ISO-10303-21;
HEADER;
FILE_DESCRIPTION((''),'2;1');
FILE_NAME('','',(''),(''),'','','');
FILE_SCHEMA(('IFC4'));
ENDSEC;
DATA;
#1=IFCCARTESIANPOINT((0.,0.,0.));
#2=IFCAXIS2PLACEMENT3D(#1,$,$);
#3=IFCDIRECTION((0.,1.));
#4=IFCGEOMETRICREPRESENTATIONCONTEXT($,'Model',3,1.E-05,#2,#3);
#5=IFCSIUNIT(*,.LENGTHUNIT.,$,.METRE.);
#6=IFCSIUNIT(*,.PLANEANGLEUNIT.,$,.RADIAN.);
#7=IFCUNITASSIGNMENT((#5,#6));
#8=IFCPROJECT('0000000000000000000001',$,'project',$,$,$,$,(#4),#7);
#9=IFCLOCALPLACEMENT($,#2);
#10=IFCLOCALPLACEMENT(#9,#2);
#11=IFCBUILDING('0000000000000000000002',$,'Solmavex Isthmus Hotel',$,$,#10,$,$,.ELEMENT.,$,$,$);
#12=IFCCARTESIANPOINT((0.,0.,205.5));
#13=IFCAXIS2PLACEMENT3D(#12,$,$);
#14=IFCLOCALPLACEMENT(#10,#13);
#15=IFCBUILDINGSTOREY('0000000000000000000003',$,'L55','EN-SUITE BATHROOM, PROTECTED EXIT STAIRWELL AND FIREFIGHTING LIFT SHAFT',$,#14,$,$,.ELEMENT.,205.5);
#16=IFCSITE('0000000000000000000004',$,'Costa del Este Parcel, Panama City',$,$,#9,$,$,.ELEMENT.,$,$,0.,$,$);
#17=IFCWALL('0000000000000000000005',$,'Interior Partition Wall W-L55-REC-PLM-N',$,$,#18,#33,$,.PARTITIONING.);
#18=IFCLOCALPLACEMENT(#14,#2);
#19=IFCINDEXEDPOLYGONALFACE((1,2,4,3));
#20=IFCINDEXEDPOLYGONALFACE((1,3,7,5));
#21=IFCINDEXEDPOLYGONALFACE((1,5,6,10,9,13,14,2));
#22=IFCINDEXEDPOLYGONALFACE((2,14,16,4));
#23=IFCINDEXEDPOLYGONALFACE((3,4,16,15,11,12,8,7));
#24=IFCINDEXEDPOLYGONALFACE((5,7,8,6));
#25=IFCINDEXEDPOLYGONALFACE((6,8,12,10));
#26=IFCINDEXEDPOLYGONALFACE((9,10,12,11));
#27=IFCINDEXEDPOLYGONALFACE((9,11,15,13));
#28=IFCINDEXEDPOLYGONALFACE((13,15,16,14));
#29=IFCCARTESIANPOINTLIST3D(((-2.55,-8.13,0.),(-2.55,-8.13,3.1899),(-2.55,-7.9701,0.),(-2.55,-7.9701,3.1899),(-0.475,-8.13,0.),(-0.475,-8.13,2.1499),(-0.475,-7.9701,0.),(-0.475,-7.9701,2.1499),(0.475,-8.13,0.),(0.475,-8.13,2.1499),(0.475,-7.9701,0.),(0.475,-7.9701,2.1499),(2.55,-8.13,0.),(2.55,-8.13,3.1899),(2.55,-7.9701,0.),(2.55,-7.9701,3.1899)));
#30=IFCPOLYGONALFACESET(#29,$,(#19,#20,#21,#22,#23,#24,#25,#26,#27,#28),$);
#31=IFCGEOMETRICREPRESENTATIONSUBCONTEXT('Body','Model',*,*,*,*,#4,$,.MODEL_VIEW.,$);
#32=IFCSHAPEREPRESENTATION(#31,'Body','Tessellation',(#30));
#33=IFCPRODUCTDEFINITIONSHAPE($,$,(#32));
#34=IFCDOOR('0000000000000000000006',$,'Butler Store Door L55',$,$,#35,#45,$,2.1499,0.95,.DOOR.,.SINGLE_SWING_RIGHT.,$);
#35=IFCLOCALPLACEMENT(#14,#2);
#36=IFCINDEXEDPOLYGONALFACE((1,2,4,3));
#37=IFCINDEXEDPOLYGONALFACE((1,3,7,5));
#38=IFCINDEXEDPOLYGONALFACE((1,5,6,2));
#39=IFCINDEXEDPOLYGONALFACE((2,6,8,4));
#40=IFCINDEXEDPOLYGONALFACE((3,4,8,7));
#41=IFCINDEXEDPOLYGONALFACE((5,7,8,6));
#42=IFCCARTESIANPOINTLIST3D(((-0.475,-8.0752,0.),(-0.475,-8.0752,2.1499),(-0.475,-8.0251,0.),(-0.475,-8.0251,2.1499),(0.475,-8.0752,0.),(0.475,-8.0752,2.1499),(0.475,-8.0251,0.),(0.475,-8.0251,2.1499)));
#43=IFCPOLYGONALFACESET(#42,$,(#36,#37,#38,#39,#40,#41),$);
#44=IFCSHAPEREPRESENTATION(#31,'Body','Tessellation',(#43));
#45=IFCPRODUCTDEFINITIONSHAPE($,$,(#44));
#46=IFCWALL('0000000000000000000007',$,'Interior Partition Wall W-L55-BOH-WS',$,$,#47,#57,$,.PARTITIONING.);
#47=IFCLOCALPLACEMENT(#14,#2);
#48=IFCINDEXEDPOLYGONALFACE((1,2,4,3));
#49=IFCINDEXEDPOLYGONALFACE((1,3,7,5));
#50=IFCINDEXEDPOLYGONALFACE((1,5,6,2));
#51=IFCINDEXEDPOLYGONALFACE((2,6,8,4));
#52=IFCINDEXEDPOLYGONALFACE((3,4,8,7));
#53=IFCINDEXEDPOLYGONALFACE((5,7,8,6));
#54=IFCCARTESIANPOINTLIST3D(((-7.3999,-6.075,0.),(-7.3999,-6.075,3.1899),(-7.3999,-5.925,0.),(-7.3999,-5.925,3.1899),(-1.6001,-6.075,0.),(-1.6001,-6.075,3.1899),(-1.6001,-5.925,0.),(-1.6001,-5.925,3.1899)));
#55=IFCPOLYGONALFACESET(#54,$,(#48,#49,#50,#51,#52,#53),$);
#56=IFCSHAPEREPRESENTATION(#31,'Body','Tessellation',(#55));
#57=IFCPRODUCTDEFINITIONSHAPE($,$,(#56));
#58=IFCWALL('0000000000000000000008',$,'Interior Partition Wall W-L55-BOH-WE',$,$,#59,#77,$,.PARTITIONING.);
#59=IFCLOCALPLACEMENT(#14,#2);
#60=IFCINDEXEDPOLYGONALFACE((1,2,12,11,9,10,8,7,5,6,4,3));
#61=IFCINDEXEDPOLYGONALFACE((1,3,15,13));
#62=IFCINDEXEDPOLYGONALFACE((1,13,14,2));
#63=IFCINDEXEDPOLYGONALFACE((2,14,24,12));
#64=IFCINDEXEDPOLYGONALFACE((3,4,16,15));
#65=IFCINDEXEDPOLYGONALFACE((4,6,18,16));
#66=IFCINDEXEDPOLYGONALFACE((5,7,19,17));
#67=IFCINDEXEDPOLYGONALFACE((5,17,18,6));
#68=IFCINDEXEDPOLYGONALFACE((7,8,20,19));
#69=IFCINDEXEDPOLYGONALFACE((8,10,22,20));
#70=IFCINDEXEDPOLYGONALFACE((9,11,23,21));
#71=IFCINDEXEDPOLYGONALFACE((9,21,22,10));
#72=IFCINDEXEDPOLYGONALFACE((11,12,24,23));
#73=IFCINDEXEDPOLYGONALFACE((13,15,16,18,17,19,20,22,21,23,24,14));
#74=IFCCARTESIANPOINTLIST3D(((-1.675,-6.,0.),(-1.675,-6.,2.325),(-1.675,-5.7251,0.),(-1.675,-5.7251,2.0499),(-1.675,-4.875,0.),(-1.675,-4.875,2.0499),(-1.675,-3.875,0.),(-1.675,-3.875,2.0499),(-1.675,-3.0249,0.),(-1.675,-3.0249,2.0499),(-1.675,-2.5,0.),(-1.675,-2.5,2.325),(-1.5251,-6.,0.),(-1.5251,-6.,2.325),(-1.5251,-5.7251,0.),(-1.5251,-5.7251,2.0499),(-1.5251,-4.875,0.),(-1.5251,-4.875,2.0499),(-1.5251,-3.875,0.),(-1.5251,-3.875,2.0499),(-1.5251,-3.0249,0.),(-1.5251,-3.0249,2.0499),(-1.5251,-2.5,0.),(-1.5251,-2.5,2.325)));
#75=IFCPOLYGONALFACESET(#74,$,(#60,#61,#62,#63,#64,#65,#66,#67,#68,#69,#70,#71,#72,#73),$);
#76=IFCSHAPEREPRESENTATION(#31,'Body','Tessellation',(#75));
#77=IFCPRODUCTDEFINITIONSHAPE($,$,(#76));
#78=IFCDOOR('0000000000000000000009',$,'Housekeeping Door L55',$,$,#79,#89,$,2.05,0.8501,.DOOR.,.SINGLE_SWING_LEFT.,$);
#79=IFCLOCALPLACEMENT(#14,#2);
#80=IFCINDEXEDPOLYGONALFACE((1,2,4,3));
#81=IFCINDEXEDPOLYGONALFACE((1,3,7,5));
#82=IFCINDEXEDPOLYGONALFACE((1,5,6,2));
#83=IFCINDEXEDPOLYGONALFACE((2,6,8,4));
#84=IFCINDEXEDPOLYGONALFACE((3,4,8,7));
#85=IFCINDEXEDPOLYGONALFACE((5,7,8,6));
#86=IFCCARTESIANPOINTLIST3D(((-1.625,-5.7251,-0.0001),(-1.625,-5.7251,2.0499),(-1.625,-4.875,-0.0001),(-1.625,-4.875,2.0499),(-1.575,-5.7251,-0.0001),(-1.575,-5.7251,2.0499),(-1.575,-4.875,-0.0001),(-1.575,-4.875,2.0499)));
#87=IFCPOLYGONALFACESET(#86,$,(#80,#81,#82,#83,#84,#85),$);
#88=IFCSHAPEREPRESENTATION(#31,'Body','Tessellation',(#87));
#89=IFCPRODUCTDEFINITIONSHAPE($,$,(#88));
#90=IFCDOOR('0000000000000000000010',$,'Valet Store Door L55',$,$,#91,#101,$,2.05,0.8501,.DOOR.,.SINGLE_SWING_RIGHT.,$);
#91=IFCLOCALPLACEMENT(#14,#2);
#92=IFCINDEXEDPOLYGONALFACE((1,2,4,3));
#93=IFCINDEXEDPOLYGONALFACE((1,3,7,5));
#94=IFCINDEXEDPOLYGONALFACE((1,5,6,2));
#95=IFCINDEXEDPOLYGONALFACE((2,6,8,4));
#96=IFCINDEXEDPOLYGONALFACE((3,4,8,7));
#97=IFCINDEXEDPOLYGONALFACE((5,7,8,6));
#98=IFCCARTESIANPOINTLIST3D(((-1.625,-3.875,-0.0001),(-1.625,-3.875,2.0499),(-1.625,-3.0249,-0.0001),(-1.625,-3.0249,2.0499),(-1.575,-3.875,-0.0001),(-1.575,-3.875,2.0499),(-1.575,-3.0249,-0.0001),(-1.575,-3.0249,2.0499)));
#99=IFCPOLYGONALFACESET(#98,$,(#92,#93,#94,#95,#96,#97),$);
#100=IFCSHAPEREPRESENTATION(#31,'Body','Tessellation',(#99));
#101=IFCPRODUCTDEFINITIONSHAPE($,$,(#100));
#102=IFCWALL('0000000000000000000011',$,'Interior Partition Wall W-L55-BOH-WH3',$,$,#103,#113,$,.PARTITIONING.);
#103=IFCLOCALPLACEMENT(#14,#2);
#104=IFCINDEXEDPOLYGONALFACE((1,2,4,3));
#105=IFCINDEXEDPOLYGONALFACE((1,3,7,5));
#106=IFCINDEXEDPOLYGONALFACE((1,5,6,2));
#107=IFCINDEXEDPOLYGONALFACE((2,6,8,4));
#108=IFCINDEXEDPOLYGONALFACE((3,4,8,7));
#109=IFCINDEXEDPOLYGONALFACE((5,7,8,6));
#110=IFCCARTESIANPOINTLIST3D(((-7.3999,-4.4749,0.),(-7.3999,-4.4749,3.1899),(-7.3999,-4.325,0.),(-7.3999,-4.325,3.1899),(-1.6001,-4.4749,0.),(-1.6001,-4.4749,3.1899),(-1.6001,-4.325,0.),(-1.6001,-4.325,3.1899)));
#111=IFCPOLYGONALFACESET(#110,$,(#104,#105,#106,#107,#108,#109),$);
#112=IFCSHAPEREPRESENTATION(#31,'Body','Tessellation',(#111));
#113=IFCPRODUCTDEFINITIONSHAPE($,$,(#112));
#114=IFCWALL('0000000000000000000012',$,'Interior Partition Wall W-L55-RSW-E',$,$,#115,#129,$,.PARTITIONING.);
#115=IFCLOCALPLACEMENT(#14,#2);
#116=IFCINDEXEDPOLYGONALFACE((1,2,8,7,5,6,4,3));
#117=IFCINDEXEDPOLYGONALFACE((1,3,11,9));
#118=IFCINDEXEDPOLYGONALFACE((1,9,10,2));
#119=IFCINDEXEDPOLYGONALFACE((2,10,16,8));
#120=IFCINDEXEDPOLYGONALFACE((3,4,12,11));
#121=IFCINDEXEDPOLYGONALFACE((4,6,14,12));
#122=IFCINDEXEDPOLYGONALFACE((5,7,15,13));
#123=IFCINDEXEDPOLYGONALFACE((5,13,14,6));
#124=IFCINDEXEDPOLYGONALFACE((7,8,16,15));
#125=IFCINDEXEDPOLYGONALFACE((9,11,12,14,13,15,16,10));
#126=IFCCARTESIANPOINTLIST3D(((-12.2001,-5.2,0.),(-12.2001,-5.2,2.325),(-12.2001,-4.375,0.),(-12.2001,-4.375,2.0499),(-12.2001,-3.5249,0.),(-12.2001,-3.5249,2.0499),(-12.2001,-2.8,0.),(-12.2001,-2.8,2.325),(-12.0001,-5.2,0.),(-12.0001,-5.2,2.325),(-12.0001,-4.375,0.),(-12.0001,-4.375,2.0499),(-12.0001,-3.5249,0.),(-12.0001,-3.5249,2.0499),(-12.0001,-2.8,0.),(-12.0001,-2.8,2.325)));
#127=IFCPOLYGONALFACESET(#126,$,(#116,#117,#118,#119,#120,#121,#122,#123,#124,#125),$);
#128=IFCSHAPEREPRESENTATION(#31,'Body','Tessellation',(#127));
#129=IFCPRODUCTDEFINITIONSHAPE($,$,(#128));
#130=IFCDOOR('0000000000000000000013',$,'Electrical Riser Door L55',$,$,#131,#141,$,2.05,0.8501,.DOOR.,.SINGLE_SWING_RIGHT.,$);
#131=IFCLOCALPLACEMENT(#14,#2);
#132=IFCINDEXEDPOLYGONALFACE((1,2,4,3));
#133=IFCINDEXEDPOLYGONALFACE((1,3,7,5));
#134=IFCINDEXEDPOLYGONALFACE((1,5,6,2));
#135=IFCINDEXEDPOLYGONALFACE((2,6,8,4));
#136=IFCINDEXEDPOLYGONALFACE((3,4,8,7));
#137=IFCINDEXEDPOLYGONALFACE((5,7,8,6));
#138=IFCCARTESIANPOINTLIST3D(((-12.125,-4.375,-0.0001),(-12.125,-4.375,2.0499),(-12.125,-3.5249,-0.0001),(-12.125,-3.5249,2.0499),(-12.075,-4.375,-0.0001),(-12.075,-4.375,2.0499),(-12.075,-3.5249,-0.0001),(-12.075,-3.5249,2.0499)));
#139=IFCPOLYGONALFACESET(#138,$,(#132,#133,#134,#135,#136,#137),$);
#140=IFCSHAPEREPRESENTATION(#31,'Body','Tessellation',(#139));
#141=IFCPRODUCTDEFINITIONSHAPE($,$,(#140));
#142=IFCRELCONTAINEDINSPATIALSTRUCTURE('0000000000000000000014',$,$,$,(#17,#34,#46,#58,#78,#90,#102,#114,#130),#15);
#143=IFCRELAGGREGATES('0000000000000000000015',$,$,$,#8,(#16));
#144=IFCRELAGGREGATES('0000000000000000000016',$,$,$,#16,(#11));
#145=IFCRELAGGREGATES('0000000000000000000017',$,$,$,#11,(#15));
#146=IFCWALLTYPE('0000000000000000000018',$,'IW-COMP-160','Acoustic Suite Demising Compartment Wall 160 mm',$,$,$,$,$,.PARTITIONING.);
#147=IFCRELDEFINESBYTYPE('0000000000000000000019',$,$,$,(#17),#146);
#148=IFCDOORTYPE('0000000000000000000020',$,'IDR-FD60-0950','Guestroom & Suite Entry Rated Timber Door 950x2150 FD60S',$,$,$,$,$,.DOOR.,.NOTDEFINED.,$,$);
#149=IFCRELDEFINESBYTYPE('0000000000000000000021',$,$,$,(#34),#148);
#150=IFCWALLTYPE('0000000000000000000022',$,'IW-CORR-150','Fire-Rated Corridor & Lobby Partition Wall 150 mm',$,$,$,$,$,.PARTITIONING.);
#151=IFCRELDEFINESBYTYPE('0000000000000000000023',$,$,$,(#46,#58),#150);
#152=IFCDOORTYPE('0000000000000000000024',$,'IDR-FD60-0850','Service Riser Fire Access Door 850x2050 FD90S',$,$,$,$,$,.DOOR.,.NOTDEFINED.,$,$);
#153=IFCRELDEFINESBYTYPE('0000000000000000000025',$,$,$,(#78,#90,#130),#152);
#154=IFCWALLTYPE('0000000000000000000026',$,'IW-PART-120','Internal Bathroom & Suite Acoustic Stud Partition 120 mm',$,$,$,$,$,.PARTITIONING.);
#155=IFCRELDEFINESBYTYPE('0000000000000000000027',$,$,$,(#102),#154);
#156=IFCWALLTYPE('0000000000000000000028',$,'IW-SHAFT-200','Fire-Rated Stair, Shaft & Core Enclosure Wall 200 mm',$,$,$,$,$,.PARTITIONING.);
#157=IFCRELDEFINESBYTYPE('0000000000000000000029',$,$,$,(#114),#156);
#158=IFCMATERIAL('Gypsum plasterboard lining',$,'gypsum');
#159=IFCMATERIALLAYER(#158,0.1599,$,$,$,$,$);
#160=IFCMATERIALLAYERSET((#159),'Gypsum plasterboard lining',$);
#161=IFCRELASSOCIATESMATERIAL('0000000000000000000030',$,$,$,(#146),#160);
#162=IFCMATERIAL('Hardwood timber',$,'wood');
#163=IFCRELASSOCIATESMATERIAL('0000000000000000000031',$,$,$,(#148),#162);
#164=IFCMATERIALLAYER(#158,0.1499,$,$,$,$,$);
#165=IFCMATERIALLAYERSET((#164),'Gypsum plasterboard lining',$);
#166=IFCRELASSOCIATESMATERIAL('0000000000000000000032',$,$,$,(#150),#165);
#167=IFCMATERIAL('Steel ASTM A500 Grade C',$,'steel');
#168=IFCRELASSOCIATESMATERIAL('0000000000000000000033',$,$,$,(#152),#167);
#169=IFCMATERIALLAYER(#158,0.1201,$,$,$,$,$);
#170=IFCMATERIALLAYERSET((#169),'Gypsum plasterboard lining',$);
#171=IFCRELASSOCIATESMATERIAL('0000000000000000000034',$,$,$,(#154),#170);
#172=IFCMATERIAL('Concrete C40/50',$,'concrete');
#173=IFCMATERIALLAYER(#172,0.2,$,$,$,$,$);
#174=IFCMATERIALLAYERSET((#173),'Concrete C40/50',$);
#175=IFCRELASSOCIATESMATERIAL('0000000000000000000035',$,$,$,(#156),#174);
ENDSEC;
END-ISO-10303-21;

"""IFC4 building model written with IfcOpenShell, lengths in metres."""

from ifc_helpers import new_model, si_unit, direction, frame, frame_2d, origin, place, context, subcontext, project, spatial, rectangle, extrude, material, layer, layer_set, type_object, element, fill, save


model = new_model("IFC4")

# Units and contexts
model_context = context("Model", 3, precision=1e-05, world=origin(), true_north=direction((0.0, 1.0)))
body_context = subcontext(model_context, "Body", "Model", "MODEL_VIEW")
ifc_project = project(units=[si_unit("LENGTHUNIT", "METRE"), si_unit("PLANEANGLEUNIT", "RADIAN")], contexts=[model_context])

# Site, building, storey
site_placement = place(None, origin())
site = spatial("IfcSite", under=ifc_project, at=site_placement, Name="Costa del Este Parcel, Panama City", CompositionType="ELEMENT", RefElevation=0.0)
building_placement = place(site_placement, origin())
building = spatial("IfcBuilding", under=site, at=building_placement, Name="Solmavex Isthmus Hotel", CompositionType="ELEMENT")
storey_placement = place(building_placement, frame((0.0, 0.0, 205.5)))
storey = spatial("IfcBuildingStorey", under=building, at=storey_placement, Name="L55", Description="EN-SUITE BATHROOM, PROTECTED EXIT STAIRWELL AND FIREFIGHTING LIFT SHAFT", CompositionType="ELEMENT", Elevation=205.5)

# Wall, opening, door
ifc_material_1 = material(Name="Gypsum plasterboard lining", Category="gypsum")
ifc_layer_1 = layer(ifc_material_1, 0.1599)
ifc_layer_set_1 = layer_set([ifc_layer_1], Name="Gypsum plasterboard lining")
wall_type_1 = type_object("IfcWallType", Name="IW-COMP-160", Description="Acoustic Suite Demising Compartment Wall 160 mm", PredefinedType="PARTITIONING", material=ifc_layer_set_1)
ifc_material_2 = material(Name="Hardwood timber", Category="wood")
door_type_1 = type_object("IfcDoorType", Name="IDR-FD60-0950", Description="Guestroom & Suite Entry Rated Timber Door 950x2150 FD60S", OperationType="NOTDEFINED", PredefinedType="DOOR", material=ifc_material_2)
wall_1_placement = place(storey_placement, frame((-2.55, -8.05, 0.0), z_axis=(0.0, 0.0, 1.0), x_axis=(1.0, 0.0, 0.0)))
wall_1 = element("IfcWall", 1, at=wall_1_placement, inside=storey, type_object=wall_type_1, Name="Interior Partition Wall W-L55-REC-PLM-N", PredefinedType="PARTITIONING", context=body_context, shape_type="SweptSolid", body=[
    extrude(rectangle(XDim=5.1001, YDim=0.1599, at=frame_2d((2.55, 0.0))), origin(), (0.0, 0.0, 1.0), 3.1899),
])
opening_1_placement = place(wall_1_placement, frame((2.075, 0.0, 0.0)))
opening_1 = element("IfcOpeningElement", 2, at=opening_1_placement, cuts=wall_1, PredefinedType="OPENING", context=body_context, shape_type="SweptSolid", body=[
    extrude(rectangle(XDim=0.95, YDim=2.1499, at=frame_2d((0.4751, 1.075))), frame((0.0, 0.0898, 0.0), z_axis=(0.0, -1.0, 0.0), x_axis=(1.0, 0.0, 0.0)), (0.0, 0.0, 1.0), 0.1799),
])
door_1_placement = place(opening_1_placement, origin())
door_1 = element("IfcDoor", 3, at=door_1_placement, inside=storey, type_object=door_type_1, Name="Butler Store Door L55", OperationType="SINGLE_SWING_RIGHT", OverallHeight=2.1499, OverallWidth=0.95, PredefinedType="DOOR", context=body_context, shape_type="SweptSolid", body=[
    extrude(rectangle(XDim=0.95, YDim=2.1499, at=frame_2d((0.4751, 1.075))), frame((0.0, 0.0249, 0.0), z_axis=(0.0, -1.0, 0.0), x_axis=(1.0, 0.0, 0.0)), (0.0, 0.0, 1.0), 0.05),
])
fill(opening_1, door_1)

# Wall
ifc_layer_2 = layer(ifc_material_1, 0.1499)
ifc_layer_set_2 = layer_set([ifc_layer_2], Name="Gypsum plasterboard lining")
wall_type_2 = type_object("IfcWallType", Name="IW-CORR-150", Description="Fire-Rated Corridor & Lobby Partition Wall 150 mm", PredefinedType="PARTITIONING", material=ifc_layer_set_2)
wall_2_placement = place(storey_placement, frame((-7.3999, -6.0, 0.0), z_axis=(0.0, 0.0, 1.0), x_axis=(1.0, 0.0, 0.0)))
element("IfcWall", 4, at=wall_2_placement, inside=storey, type_object=wall_type_2, Name="Interior Partition Wall W-L55-BOH-WS", PredefinedType="PARTITIONING", context=body_context, shape_type="SweptSolid", body=[
    extrude(rectangle(XDim=5.7998, YDim=0.1499, at=frame_2d((2.8999, 0.0))), origin(), (0.0, 0.0, 1.0), 3.1899),
])

# Wall, openings, doors
wall_3_placement = place(storey_placement, frame((-1.6001, -6.0, 0.0), z_axis=(0.0, 0.0, 1.0), x_axis=(0.0, 1.0, 0.0)))
wall_3 = element("IfcWall", 5, at=wall_3_placement, inside=storey, type_object=wall_type_2, Name="Interior Partition Wall W-L55-BOH-WE", PredefinedType="PARTITIONING", context=body_context, shape_type="SweptSolid", body=[
    extrude(rectangle(XDim=3.5, YDim=0.1499, at=frame_2d((1.75, 0.0))), origin(), (0.0, 0.0, 1.0), 2.325),
])
opening_2_placement = place(wall_3_placement, frame((0.2749, 0.0, 0.0)))
opening_2 = element("IfcOpeningElement", 6, at=opening_2_placement, cuts=wall_3, PredefinedType="OPENING", context=body_context, shape_type="SweptSolid", body=[
    extrude(rectangle(XDim=0.8501, YDim=2.05, at=frame_2d((0.425, 1.0249))), frame((0.0, 0.085, 0.0), z_axis=(0.0, -1.0, 0.0), x_axis=(1.0, 0.0, 0.0)), (0.0, 0.0, 1.0), 0.1699),
])
opening_3_placement = place(wall_3_placement, frame((2.125, 0.0, 0.0)))
opening_3 = element("IfcOpeningElement", 7, at=opening_3_placement, cuts=wall_3, PredefinedType="OPENING", context=body_context, shape_type="SweptSolid", body=[
    extrude(rectangle(XDim=0.8501, YDim=2.05, at=frame_2d((0.425, 1.0249))), frame((0.0, 0.085, 0.0), z_axis=(0.0, -1.0, 0.0), x_axis=(1.0, 0.0, 0.0)), (0.0, 0.0, 1.0), 0.1699),
])
ifc_material_3 = material(Name="Steel ASTM A500 Grade C", Category="steel")
door_type_2 = type_object("IfcDoorType", Name="IDR-FD60-0850", Description="Service Riser Fire Access Door 850x2050 FD90S", OperationType="NOTDEFINED", PredefinedType="DOOR", material=ifc_material_3)
door_2_placement = place(opening_2_placement, origin())
door_2 = element("IfcDoor", 8, at=door_2_placement, inside=storey, type_object=door_type_2, Name="Housekeeping Door L55", OperationType="SINGLE_SWING_LEFT", OverallHeight=2.05, OverallWidth=0.8501, PredefinedType="DOOR", context=body_context, shape_type="SweptSolid", body=[
    extrude(rectangle(XDim=0.8501, YDim=2.05, at=frame_2d((0.425, 1.0249))), frame((0.0, 0.0249, 0.0), z_axis=(0.0, -1.0, 0.0), x_axis=(1.0, 0.0, 0.0)), (0.0, 0.0, 1.0), 0.05),
])
fill(opening_2, door_2)
door_3_placement = place(opening_3_placement, origin())
door_3 = element("IfcDoor", 9, at=door_3_placement, inside=storey, type_object=door_type_2, Name="Valet Store Door L55", OperationType="SINGLE_SWING_RIGHT", OverallHeight=2.05, OverallWidth=0.8501, PredefinedType="DOOR", context=body_context, shape_type="SweptSolid", body=[
    extrude(rectangle(XDim=0.8501, YDim=2.05, at=frame_2d((0.425, 1.0249))), frame((0.0, 0.0249, 0.0), z_axis=(0.0, -1.0, 0.0), x_axis=(1.0, 0.0, 0.0)), (0.0, 0.0, 1.0), 0.05),
])
fill(opening_3, door_3)

# Wall
ifc_layer_3 = layer(ifc_material_1, 0.1201)
ifc_layer_set_3 = layer_set([ifc_layer_3], Name="Gypsum plasterboard lining")
wall_type_3 = type_object("IfcWallType", Name="IW-PART-120", Description="Internal Bathroom & Suite Acoustic Stud Partition 120 mm", PredefinedType="PARTITIONING", material=ifc_layer_set_3)
wall_4_placement = place(storey_placement, frame((-7.3999, -4.3999, 0.0), z_axis=(0.0, 0.0, 1.0), x_axis=(1.0, 0.0, 0.0)))
element("IfcWall", 10, at=wall_4_placement, inside=storey, type_object=wall_type_3, Name="Interior Partition Wall W-L55-BOH-WH3", PredefinedType="PARTITIONING", context=body_context, shape_type="SweptSolid", body=[
    extrude(rectangle(XDim=5.7998, YDim=0.1499, at=frame_2d((2.8999, 0.0))), origin(), (0.0, 0.0, 1.0), 3.1899),
])

# Wall, opening, door
ifc_material_4 = material(Name="Concrete C40/50", Category="concrete")
ifc_layer_4 = layer(ifc_material_4, 0.2)
ifc_layer_set_4 = layer_set([ifc_layer_4], Name="Concrete C40/50")
wall_type_4 = type_object("IfcWallType", Name="IW-SHAFT-200", Description="Fire-Rated Stair, Shaft & Core Enclosure Wall 200 mm", PredefinedType="PARTITIONING", material=ifc_layer_set_4)
wall_5_placement = place(storey_placement, frame((-12.1001, -5.2, 0.0), z_axis=(0.0, 0.0, 1.0), x_axis=(0.0, 1.0, 0.0)))
wall_5 = element("IfcWall", 11, at=wall_5_placement, inside=storey, type_object=wall_type_4, Name="Interior Partition Wall W-L55-RSW-E", PredefinedType="PARTITIONING", context=body_context, shape_type="SweptSolid", body=[
    extrude(rectangle(XDim=2.3999, YDim=0.2, at=frame_2d((1.2, 0.0))), origin(), (0.0, 0.0, 1.0), 2.325),
])
opening_4_placement = place(wall_5_placement, frame((0.825, 0.0, 0.0)))
opening_4 = element("IfcOpeningElement", 12, at=opening_4_placement, cuts=wall_5, PredefinedType="OPENING", context=body_context, shape_type="SweptSolid", body=[
    extrude(rectangle(XDim=0.8501, YDim=2.05, at=frame_2d((0.425, 1.0249))), frame((0.0, 0.1099, 0.0), z_axis=(0.0, -1.0, 0.0), x_axis=(1.0, 0.0, 0.0)), (0.0, 0.0, 1.0), 0.22),
])
door_4_placement = place(opening_4_placement, origin())
door_4 = element("IfcDoor", 13, at=door_4_placement, inside=storey, type_object=door_type_2, Name="Electrical Riser Door L55", OperationType="SINGLE_SWING_RIGHT", OverallHeight=2.05, OverallWidth=0.8501, PredefinedType="DOOR", context=body_context, shape_type="SweptSolid", body=[
    extrude(rectangle(XDim=0.8501, YDim=2.05, at=frame_2d((0.425, 1.0249))), frame((0.0, 0.0249, 0.0), z_axis=(0.0, -1.0, 0.0), x_axis=(1.0, 0.0, 0.0)), (0.0, 0.0, 1.0), 0.05),
])
fill(opening_4, door_4)

save(model, "model.ifc")
